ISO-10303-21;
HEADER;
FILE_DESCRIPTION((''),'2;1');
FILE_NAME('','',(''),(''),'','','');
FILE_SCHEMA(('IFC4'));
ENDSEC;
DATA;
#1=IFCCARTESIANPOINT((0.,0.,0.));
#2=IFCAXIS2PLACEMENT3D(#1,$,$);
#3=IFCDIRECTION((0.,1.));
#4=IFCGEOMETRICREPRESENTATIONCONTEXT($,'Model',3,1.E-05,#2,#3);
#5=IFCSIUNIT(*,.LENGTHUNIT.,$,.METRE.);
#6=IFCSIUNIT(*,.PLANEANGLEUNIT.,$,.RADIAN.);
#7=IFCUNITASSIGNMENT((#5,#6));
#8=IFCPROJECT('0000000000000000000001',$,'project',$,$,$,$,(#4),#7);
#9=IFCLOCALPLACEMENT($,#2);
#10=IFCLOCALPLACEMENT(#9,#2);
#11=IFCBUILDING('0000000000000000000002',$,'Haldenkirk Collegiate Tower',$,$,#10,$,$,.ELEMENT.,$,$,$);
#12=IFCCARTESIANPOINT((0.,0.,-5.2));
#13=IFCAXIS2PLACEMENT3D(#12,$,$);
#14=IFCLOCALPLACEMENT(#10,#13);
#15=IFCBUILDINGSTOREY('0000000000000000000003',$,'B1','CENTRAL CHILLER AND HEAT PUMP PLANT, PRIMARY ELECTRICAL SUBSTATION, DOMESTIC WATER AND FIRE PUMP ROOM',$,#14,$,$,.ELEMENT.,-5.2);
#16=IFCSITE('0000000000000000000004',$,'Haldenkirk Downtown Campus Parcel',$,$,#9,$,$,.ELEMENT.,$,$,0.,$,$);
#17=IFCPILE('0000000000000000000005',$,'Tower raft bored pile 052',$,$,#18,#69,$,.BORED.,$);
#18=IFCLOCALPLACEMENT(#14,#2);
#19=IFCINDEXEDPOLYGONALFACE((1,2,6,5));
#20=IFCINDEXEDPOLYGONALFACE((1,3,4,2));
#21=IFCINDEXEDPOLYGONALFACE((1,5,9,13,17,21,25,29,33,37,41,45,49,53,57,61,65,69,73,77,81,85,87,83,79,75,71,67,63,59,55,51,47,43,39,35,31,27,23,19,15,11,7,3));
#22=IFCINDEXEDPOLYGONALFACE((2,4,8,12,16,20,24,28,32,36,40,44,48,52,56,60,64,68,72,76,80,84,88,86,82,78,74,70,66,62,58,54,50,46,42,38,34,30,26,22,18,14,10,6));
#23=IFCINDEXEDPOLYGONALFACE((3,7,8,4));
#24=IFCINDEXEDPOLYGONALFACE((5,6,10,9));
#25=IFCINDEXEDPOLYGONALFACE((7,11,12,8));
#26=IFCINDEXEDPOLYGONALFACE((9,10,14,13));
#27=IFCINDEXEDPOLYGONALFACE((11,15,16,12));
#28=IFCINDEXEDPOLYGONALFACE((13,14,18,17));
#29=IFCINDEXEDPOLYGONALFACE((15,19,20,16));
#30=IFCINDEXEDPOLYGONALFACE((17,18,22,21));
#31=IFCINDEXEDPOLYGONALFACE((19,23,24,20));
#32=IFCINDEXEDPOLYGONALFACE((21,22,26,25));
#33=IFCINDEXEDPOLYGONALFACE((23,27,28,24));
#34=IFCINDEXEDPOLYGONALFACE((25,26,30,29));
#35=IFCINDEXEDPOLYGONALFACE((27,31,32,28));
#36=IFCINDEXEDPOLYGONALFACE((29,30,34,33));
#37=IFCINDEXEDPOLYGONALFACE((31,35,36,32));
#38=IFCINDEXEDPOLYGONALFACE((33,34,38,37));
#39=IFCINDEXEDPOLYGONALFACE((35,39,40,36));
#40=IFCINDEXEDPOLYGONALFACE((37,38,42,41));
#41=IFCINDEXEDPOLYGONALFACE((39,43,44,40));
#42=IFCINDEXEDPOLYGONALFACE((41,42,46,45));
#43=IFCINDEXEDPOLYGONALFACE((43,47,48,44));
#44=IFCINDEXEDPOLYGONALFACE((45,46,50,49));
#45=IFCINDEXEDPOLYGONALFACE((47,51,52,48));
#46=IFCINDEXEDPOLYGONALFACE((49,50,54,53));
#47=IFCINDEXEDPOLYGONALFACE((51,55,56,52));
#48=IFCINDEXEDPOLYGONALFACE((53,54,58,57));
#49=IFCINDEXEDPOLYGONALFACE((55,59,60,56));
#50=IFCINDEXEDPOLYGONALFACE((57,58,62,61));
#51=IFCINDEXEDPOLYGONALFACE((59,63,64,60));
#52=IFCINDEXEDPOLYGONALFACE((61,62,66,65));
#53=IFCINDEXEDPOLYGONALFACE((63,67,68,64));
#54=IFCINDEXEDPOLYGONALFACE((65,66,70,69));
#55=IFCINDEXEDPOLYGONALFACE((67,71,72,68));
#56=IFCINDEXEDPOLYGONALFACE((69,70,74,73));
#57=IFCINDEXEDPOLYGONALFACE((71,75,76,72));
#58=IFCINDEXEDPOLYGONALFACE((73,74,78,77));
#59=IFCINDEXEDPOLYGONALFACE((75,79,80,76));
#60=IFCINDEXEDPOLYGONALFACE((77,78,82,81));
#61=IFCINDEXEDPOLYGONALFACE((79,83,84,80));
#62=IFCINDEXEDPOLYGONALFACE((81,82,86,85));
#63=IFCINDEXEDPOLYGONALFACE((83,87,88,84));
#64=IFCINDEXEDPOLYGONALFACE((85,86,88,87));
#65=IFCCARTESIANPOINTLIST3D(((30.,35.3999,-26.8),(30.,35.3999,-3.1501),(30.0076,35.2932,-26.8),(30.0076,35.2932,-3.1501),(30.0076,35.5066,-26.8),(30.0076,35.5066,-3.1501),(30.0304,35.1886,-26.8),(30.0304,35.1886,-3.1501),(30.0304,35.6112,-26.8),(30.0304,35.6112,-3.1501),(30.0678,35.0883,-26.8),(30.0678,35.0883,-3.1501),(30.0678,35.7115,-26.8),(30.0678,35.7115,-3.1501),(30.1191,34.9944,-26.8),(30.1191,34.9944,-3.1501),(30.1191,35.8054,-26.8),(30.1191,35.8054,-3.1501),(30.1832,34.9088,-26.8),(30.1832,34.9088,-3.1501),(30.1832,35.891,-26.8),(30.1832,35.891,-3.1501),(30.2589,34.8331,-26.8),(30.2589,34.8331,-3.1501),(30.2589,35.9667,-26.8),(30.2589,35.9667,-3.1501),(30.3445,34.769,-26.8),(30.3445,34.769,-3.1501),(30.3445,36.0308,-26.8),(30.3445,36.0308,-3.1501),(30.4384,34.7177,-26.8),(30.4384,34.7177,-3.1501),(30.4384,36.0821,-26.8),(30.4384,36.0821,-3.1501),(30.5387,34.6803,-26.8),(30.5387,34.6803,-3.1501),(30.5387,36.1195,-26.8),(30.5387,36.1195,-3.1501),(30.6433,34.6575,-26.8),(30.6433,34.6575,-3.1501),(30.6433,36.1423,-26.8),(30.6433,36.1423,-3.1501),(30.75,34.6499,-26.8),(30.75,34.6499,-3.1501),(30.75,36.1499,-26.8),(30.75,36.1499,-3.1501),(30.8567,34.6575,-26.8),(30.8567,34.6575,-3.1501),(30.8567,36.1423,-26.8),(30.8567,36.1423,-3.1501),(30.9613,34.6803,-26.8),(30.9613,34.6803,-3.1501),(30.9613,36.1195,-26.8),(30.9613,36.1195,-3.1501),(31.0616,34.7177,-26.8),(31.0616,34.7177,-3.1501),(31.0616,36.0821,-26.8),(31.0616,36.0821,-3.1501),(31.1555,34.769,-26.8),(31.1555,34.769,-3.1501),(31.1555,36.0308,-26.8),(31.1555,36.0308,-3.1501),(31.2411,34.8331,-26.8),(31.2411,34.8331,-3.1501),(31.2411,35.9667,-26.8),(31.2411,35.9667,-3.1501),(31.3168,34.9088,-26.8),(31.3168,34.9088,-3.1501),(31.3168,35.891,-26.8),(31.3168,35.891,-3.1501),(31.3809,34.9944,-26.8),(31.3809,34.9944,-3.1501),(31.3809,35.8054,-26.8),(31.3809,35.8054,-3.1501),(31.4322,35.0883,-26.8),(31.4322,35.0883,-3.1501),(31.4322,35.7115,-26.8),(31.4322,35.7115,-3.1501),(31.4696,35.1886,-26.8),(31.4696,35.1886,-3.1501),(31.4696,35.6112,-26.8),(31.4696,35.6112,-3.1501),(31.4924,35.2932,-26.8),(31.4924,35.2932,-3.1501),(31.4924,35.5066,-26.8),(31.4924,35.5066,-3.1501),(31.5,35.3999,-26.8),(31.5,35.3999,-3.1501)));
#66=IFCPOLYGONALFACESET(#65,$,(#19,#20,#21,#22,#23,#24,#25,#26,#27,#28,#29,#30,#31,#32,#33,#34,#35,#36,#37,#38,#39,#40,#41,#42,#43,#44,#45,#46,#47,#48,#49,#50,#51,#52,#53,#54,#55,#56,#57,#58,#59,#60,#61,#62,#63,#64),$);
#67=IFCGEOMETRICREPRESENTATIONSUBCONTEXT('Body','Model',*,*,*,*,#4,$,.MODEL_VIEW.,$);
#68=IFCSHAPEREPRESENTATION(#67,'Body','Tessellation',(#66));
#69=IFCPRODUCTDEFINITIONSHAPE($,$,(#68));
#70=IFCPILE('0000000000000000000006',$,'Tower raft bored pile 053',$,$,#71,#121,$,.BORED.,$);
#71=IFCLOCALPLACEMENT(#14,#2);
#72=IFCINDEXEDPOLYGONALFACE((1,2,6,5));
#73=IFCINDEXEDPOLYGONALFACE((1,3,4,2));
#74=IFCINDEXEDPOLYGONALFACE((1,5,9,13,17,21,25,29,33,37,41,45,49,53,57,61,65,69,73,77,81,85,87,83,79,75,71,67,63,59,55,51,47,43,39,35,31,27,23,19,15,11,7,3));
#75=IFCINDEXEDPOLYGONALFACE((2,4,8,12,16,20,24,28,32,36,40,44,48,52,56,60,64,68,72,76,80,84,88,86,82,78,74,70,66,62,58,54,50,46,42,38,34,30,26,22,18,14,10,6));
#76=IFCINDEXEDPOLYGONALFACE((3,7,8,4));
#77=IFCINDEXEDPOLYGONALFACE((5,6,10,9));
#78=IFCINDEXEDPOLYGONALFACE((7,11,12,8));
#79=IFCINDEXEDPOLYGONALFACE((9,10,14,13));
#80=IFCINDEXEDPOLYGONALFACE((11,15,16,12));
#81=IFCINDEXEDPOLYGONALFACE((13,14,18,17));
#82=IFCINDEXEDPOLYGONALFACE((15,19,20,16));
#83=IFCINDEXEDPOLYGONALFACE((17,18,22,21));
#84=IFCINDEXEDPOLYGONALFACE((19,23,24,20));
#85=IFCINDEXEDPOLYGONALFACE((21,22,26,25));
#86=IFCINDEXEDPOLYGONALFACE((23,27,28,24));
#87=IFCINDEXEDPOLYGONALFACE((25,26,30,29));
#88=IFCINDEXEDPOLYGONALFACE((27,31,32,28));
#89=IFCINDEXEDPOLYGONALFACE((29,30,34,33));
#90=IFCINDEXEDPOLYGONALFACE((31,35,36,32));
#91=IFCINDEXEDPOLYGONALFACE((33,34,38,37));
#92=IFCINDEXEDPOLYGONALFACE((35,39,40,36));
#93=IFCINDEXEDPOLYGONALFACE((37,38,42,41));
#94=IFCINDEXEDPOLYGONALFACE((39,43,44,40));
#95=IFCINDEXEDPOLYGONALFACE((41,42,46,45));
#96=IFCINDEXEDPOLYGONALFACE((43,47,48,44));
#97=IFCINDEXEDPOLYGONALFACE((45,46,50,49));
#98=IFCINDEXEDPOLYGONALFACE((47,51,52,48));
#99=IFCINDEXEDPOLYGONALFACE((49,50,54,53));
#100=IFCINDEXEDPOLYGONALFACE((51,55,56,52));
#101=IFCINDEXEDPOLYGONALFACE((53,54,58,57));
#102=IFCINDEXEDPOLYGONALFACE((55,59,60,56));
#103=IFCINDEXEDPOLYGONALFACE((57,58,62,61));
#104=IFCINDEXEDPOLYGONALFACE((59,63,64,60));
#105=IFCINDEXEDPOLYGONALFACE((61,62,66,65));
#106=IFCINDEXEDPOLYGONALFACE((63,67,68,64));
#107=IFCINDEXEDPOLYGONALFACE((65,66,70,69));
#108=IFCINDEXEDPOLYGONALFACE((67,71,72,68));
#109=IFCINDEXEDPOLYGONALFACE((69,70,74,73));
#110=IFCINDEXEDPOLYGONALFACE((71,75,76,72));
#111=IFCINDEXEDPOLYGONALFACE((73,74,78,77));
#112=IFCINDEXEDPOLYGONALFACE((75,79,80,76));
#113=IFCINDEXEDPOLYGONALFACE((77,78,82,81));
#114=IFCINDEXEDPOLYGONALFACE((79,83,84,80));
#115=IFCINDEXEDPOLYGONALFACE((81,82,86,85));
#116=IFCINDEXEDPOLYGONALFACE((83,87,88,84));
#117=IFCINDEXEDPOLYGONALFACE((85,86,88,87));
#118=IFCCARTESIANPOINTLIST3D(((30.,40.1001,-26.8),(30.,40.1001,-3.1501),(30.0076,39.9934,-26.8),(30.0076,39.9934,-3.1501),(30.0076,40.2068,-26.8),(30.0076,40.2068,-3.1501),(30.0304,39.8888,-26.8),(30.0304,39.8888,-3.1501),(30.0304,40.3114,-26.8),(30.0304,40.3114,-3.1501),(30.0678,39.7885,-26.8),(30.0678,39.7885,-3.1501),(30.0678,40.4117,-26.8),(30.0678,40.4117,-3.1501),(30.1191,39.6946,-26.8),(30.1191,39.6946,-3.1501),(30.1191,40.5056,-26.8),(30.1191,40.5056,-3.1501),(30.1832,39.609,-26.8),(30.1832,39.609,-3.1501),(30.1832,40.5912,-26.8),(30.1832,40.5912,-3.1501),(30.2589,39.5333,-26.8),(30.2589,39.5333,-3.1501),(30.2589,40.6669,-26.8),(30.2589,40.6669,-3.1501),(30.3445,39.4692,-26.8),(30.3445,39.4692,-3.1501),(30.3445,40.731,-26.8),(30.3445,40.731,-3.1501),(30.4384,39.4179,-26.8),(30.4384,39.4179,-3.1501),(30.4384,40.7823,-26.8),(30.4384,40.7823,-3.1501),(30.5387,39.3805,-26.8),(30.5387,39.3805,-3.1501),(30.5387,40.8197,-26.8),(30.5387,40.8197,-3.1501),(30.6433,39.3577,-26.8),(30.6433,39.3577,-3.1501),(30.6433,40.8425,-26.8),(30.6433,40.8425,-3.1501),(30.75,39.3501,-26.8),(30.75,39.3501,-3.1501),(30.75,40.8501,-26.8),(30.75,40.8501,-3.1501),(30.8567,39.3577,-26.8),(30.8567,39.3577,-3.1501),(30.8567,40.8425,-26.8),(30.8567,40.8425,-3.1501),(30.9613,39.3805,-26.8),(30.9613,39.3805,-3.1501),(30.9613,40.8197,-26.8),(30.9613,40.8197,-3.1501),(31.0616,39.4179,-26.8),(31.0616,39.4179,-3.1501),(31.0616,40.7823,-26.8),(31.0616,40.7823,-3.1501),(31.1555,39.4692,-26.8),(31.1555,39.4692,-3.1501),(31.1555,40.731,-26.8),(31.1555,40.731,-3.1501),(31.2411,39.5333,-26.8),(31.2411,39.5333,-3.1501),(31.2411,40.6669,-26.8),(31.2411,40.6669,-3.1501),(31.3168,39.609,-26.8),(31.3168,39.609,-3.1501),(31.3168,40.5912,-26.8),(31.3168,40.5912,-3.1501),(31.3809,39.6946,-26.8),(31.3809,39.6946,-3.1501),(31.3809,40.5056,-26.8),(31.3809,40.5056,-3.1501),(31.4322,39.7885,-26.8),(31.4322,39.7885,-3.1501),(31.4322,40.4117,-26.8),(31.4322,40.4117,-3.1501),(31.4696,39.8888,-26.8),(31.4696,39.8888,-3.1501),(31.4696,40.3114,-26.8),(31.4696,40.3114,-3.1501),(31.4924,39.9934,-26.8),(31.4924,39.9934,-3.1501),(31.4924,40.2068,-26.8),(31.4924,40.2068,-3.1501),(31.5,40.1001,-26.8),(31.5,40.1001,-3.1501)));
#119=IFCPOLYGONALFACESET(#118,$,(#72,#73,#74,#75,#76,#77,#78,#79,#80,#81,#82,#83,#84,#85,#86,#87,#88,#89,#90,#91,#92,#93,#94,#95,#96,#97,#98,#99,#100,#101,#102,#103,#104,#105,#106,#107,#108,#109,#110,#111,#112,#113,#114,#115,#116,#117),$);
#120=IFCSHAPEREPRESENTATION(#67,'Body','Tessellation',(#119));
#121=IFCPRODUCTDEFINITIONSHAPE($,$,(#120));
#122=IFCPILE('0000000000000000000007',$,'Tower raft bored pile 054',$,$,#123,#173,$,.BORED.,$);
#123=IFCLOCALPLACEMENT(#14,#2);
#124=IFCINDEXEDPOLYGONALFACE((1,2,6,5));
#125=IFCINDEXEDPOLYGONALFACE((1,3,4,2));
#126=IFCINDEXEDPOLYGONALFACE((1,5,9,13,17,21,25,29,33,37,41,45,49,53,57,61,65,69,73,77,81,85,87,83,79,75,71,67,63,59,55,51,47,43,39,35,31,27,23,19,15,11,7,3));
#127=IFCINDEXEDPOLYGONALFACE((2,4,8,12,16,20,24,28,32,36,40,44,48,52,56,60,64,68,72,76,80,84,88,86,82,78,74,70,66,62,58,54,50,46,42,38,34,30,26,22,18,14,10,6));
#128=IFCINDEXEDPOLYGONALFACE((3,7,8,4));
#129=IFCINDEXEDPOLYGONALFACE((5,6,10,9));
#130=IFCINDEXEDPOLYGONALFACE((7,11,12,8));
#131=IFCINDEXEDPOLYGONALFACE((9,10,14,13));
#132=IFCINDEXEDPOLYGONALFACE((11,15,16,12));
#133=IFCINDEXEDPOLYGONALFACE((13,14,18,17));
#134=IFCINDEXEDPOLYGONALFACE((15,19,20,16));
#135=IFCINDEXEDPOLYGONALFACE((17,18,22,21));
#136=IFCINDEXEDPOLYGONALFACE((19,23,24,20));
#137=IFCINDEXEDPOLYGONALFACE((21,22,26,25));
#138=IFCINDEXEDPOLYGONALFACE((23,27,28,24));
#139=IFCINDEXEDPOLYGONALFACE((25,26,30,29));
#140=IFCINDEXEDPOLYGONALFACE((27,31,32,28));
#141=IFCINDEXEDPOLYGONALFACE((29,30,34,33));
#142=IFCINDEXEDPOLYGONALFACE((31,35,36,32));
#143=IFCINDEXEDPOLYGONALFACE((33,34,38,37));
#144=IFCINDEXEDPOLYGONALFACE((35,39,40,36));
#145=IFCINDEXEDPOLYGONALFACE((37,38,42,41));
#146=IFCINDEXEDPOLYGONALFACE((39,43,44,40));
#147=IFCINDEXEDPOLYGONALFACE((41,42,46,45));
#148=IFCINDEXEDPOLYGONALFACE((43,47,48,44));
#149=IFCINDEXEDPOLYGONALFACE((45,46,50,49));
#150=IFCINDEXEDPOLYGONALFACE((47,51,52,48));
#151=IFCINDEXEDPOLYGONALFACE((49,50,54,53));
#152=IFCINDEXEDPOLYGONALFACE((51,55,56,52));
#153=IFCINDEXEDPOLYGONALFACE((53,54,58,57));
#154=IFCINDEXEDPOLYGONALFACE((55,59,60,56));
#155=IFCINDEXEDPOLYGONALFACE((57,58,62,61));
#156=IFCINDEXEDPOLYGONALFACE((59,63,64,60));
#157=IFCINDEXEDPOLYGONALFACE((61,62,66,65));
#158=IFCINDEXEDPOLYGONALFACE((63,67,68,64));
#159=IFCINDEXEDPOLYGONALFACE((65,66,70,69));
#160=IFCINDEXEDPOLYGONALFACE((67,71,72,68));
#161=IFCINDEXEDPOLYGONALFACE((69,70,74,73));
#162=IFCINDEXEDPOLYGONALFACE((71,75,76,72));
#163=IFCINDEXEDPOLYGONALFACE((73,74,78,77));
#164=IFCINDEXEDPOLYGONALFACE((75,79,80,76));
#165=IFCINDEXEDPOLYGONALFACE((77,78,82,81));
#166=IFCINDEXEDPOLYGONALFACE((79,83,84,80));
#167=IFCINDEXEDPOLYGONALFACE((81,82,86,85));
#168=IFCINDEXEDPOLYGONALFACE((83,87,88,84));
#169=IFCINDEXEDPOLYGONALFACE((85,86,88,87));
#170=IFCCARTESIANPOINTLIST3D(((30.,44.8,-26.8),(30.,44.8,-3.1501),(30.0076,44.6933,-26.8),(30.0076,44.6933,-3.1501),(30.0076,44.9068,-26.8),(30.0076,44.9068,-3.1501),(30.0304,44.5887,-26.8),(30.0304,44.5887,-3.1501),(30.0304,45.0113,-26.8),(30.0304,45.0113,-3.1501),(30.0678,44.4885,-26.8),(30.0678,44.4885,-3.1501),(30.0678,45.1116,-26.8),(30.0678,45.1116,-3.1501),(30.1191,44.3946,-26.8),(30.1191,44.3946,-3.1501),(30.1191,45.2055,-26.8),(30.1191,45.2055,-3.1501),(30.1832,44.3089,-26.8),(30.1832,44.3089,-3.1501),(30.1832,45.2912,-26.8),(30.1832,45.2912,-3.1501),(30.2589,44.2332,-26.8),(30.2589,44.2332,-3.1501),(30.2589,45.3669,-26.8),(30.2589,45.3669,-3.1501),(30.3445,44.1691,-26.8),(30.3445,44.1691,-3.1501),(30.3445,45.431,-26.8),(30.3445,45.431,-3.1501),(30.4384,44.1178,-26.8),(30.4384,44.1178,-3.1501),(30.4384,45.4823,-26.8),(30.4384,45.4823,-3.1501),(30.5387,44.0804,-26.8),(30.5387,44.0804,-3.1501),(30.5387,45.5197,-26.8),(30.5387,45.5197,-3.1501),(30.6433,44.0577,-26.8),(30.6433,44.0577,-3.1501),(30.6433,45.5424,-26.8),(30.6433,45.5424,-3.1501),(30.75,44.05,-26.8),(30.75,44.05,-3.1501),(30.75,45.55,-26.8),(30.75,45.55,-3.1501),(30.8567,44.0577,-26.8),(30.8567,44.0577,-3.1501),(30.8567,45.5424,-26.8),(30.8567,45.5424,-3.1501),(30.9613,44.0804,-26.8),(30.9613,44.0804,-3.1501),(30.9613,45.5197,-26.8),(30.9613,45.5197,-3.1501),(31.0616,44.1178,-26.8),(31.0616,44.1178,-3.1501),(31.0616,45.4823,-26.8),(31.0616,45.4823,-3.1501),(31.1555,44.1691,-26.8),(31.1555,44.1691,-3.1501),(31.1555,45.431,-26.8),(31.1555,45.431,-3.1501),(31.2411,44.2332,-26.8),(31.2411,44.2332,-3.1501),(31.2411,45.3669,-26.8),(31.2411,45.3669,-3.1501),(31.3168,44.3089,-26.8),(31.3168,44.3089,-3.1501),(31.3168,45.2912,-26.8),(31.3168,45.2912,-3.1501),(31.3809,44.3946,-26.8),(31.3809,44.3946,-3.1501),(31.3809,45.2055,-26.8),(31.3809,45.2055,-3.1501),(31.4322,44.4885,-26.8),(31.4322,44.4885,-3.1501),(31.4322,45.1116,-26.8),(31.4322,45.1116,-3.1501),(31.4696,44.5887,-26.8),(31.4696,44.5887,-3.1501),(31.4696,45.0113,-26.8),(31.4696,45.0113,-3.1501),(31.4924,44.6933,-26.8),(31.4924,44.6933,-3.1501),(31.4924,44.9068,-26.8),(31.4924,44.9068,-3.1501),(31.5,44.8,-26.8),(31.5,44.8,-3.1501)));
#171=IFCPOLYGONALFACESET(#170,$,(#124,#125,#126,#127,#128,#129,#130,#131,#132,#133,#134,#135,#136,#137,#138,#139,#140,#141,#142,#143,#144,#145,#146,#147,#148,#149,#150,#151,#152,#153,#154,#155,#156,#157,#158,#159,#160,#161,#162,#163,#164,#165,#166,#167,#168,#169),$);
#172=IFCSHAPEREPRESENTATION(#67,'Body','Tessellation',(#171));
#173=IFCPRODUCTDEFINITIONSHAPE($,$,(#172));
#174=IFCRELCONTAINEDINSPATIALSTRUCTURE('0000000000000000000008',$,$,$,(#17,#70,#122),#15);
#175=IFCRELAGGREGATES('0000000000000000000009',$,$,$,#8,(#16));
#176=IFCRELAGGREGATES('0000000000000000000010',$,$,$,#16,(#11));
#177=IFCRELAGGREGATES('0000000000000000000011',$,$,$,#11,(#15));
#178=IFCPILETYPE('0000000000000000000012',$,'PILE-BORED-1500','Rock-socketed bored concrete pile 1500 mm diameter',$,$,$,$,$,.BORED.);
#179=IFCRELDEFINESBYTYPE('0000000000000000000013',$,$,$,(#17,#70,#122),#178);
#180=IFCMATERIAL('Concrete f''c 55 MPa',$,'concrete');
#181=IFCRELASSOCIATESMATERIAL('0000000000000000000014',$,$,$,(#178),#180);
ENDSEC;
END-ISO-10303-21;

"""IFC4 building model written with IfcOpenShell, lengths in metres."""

from ifc_helpers import new_model, si_unit, direction, frame, origin, origin_2d, place, context, subcontext, project, spatial, circle, extrude, material, material_profile, profile_set, type_object, element, save


model = new_model("IFC4")

# Units and contexts
model_context = context("Model", 3, precision=1e-05, world=origin(), true_north=direction((0.0, 1.0)))
body_context = subcontext(model_context, "Body", "Model", "MODEL_VIEW")
ifc_project = project(units=[si_unit("LENGTHUNIT", "METRE"), si_unit("PLANEANGLEUNIT", "RADIAN")], contexts=[model_context])

# Site, building, storey
site_placement = place(None, origin())
site = spatial("IfcSite", under=ifc_project, at=site_placement, Name="Haldenkirk Downtown Campus Parcel", CompositionType="ELEMENT", RefElevation=0.0)
building_placement = place(site_placement, origin())
building = spatial("IfcBuilding", under=site, at=building_placement, Name="Haldenkirk Collegiate Tower", CompositionType="ELEMENT")
storey_placement = place(building_placement, frame((0.0, 0.0, -5.2)))
storey = spatial("IfcBuildingStorey", under=building, at=storey_placement, Name="B1", Description="CENTRAL CHILLER AND HEAT PUMP PLANT, PRIMARY ELECTRICAL SUBSTATION, DOMESTIC WATER AND FIRE PUMP ROOM", CompositionType="ELEMENT", Elevation=-5.2)

# Piles
ifc_material_1 = material(Name="Concrete f'c 55 MPa", Category="concrete")
ifc_material_profile_1 = material_profile(ifc_material_1, circle(Radius=0.75, at=origin_2d()), Name="PILE1500")
ifc_profile_set_1 = profile_set([ifc_material_profile_1], Name="Concrete f'c 55 MPa")
pile_type = type_object("IfcPileType", Name="PILE-BORED-1500", Description="Rock-socketed bored concrete pile 1500 mm diameter", PredefinedType="BORED", material=ifc_profile_set_1)
for number, where, z_axis, x_axis, name in (
    (1, (30.75, 35.3999, -3.1501), (0.0, 0.0, -1.0), (1.0, 0.0, 0.0), "Tower raft bored pile 052"),
    (2, (30.75, 40.1001, -3.1501), (0.0, 0.0, -1.0), (1.0, 0.0, 0.0), "Tower raft bored pile 053"),
    (3, (30.75, 44.8, -3.1501), (0.0, 0.0, -1.0), (1.0, 0.0, 0.0), "Tower raft bored pile 054"),
):
    element("IfcPile", number, at=place(storey_placement, frame(where, z_axis=z_axis, x_axis=x_axis)), inside=storey, type_object=pile_type, Name=name, PredefinedType="BORED", context=body_context, shape_type="SweptSolid", body=[
        extrude(circle(Radius=0.75, at=origin_2d()), origin(), (0.0, 0.0, 1.0), 23.6499),
    ])

save(model, "model.ifc")
